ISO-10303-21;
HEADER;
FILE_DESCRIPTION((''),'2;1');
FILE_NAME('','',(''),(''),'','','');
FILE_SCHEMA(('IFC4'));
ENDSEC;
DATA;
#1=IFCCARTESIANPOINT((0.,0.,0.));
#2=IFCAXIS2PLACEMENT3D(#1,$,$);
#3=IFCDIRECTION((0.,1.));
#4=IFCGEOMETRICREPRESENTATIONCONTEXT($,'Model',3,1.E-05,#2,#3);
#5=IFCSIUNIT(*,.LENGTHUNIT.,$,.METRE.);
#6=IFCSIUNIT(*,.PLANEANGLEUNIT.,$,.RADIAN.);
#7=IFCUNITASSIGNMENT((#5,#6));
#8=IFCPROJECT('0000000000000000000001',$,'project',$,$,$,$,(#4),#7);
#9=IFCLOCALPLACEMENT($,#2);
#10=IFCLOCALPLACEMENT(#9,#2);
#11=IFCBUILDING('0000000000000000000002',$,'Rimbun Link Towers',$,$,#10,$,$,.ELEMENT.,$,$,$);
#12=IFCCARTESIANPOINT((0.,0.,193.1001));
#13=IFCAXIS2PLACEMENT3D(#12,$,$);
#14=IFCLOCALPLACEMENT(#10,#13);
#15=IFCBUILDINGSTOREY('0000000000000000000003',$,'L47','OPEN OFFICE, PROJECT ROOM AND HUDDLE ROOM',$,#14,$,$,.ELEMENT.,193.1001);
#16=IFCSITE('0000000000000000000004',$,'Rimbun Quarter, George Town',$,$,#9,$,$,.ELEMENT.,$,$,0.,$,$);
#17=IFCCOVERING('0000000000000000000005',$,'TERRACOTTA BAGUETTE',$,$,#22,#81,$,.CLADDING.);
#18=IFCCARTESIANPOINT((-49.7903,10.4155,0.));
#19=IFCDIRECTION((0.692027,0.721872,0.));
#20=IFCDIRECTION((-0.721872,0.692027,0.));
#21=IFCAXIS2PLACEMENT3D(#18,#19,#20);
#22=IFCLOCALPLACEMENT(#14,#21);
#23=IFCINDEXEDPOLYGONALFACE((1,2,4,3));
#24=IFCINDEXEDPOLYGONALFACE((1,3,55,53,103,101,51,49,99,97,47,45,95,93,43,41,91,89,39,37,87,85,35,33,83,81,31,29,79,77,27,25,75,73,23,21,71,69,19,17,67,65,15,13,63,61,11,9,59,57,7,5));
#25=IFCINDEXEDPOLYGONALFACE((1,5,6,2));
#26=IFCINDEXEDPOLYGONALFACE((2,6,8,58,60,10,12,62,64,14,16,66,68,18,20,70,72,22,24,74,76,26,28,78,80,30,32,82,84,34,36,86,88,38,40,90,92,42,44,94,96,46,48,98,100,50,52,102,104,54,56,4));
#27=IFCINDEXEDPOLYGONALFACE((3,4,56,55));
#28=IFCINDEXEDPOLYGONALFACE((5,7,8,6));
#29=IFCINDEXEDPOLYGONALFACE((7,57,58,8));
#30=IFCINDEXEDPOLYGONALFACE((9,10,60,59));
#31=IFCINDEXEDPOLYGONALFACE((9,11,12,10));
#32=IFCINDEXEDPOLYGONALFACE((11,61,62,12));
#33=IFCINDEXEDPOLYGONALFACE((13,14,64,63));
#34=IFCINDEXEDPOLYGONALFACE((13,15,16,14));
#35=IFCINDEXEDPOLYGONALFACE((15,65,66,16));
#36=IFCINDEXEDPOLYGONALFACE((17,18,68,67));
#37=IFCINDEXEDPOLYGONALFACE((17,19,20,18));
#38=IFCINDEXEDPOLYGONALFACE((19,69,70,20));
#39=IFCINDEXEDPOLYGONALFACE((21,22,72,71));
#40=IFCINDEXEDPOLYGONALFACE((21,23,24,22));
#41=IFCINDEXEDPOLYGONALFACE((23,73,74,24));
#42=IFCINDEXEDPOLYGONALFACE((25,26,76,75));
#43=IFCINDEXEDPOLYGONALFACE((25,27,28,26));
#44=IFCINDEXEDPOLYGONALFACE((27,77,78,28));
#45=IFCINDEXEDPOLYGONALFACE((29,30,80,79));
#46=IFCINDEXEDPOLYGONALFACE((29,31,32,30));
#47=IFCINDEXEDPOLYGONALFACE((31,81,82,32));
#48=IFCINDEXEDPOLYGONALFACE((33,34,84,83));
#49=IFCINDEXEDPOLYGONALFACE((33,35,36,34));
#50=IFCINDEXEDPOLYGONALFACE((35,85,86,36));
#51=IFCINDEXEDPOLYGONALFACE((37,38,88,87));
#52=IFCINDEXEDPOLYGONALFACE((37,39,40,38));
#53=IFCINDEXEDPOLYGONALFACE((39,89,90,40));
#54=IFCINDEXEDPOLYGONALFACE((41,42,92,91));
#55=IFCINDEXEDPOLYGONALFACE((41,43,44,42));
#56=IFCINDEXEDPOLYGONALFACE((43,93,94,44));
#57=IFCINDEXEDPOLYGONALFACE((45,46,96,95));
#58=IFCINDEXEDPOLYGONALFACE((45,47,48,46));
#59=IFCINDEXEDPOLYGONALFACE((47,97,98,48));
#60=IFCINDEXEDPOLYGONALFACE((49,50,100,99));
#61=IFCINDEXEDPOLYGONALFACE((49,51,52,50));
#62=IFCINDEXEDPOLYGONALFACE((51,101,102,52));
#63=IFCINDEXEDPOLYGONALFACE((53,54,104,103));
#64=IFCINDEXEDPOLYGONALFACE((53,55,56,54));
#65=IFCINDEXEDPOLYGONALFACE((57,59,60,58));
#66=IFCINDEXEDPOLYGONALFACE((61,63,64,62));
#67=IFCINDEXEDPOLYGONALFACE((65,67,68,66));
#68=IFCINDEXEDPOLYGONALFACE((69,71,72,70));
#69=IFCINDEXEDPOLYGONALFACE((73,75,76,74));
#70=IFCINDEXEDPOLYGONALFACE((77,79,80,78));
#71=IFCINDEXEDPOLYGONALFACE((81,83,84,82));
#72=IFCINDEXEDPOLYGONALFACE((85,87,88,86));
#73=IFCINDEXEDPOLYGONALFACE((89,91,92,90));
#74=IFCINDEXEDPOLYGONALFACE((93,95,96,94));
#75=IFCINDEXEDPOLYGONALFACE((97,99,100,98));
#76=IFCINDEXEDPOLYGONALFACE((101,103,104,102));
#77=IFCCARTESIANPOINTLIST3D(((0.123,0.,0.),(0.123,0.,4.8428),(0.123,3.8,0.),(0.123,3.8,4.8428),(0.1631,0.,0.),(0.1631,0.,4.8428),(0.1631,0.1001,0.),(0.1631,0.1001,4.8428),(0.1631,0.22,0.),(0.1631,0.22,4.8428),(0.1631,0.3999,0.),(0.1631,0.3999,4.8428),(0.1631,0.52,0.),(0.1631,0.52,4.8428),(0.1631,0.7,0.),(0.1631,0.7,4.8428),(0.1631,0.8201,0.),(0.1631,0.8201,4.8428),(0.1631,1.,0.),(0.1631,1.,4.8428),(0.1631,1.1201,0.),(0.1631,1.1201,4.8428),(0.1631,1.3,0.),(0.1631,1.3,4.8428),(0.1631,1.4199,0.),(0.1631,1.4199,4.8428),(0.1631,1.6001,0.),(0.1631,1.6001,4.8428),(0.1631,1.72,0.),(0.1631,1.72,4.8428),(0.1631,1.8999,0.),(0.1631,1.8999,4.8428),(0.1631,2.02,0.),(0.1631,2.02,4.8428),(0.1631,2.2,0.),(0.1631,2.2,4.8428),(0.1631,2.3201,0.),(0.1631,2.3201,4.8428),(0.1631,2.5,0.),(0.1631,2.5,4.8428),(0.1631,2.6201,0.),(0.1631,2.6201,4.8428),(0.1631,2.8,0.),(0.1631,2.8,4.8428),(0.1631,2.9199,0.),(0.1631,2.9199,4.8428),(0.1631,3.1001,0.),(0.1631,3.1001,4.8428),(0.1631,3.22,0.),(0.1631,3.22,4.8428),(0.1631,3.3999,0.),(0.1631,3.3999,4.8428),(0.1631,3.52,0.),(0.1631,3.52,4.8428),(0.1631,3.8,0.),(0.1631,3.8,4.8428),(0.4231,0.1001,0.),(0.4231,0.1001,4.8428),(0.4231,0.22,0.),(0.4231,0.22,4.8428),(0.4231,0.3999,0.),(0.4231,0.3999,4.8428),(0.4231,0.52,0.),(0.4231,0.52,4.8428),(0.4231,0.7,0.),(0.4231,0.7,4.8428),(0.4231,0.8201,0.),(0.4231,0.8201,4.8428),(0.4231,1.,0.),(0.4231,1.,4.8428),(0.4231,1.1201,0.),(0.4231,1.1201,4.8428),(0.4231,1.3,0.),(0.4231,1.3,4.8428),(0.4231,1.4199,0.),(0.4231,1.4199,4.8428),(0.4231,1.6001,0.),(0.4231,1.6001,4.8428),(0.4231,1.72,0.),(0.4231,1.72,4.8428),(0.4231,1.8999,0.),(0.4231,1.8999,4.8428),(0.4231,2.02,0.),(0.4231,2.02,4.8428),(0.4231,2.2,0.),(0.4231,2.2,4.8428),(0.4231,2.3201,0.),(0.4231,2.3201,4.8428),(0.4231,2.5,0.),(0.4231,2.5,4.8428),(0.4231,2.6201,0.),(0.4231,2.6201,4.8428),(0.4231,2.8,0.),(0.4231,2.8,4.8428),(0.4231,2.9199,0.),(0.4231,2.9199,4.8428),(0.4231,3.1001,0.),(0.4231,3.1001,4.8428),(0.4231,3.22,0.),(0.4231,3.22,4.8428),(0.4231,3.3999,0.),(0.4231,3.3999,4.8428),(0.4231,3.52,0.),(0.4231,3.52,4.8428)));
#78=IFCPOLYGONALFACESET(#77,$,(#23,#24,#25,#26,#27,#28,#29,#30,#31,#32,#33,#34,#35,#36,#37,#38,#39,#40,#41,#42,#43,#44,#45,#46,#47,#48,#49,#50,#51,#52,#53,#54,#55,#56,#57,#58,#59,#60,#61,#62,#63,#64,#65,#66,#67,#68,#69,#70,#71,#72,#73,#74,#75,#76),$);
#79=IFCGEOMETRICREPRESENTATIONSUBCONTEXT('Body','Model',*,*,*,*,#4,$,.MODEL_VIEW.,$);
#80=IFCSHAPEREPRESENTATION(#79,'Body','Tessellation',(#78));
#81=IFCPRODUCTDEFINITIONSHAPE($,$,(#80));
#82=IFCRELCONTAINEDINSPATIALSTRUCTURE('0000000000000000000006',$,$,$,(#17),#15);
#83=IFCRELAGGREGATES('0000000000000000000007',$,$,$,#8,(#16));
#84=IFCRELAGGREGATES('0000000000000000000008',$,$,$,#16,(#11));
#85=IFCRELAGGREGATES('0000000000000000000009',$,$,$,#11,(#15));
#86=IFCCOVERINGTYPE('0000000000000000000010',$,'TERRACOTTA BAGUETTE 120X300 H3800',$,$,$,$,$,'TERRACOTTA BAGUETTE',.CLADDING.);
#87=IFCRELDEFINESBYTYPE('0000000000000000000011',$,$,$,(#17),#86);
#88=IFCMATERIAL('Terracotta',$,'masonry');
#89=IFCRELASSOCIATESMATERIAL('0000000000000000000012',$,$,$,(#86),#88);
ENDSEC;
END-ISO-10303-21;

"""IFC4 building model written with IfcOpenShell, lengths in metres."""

from ifc_helpers import new_model, si_unit, direction, frame, origin, place, context, subcontext, project, spatial, polyline, outline, extrude, material, material_profile, profile_set, type_object, element, save


model = new_model("IFC4")

# Units and contexts
model_context = context("Model", 3, precision=1e-05, world=origin(), true_north=direction((0.0, 1.0)))
body_context = subcontext(model_context, "Body", "Model", "MODEL_VIEW")
ifc_project = project(units=[si_unit("LENGTHUNIT", "METRE"), si_unit("PLANEANGLEUNIT", "RADIAN")], contexts=[model_context])

# Site, building, storey
site_placement = place(None, origin())
site = spatial("IfcSite", under=ifc_project, at=site_placement, Name="Rimbun Quarter, George Town", CompositionType="ELEMENT", RefElevation=0.0)
building_placement = place(site_placement, origin())
building = spatial("IfcBuilding", under=site, at=building_placement, Name="Rimbun Link Towers", CompositionType="ELEMENT")
storey_placement = place(building_placement, frame((0.0, 0.0, 193.1001)))
storey = spatial("IfcBuildingStorey", under=building, at=storey_placement, Name="L47", Description="OPEN OFFICE, PROJECT ROOM AND HUDDLE ROOM", CompositionType="ELEMENT", Elevation=193.1001)

# Covering
ifc_material_1 = material(Name="Terracotta", Category="masonry")
ifc_material_profile_1 = material_profile(ifc_material_1, outline(polyline([(0.123, 0.0), (0.1631, 0.0), (0.1631, 0.1001), (0.4231, 0.1001), (0.4231, 0.22), (0.1631, 0.22), (0.1631, 0.3999), (0.4231, 0.3999), (0.4231, 0.52), (0.1631, 0.52), (0.1631, 0.7), (0.4231, 0.7), (0.4231, 0.8201), (0.1631, 0.8201), (0.1631, 1.0), (0.4231, 1.0), (0.4231, 1.1201), (0.1631, 1.1201), (0.1631, 1.3), (0.4231, 1.3), (0.4231, 1.4199), (0.1631, 1.4199), (0.1631, 1.6001), (0.4231, 1.6001), (0.4231, 1.72), (0.1631, 1.72), (0.1631, 1.8999), (0.4231, 1.8999), (0.4231, 2.02), (0.1631, 2.02), (0.1631, 2.2), (0.4231, 2.2), (0.4231, 2.3201), (0.1631, 2.3201), (0.1631, 2.5), (0.4231, 2.5), (0.4231, 2.6201), (0.1631, 2.6201), (0.1631, 2.8), (0.4231, 2.8), (0.4231, 2.9199), (0.1631, 2.9199), (0.1631, 3.1001), (0.4231, 3.1001), (0.4231, 3.22), (0.1631, 3.22), (0.1631, 3.3999), (0.4231, 3.3999), (0.4231, 3.52), (0.1631, 3.52), (0.1631, 3.8), (0.123, 3.8), (0.123, 0.0)])), Name="BAGUETTE 120X300")
ifc_profile_set_1 = profile_set([ifc_material_profile_1], Name="Terracotta")
covering_type = type_object("IfcCoveringType", Name="TERRACOTTA BAGUETTE 120X300 H3800", ElementType="TERRACOTTA BAGUETTE", PredefinedType="CLADDING", material=ifc_profile_set_1)
covering_1_placement = place(storey_placement, frame((-49.7903, 10.4155, 0.0), z_axis=(0.692027, 0.721872, 0.0), x_axis=(-0.721872, 0.692027, 0.0)))
element("IfcCovering", 1, at=covering_1_placement, inside=storey, type_object=covering_type, Name="TERRACOTTA BAGUETTE", PredefinedType="CLADDING", context=body_context, shape_type="SweptSolid", body=[
    extrude(outline(polyline([(0.123, 0.0), (0.1631, 0.0), (0.1631, 0.1001), (0.4231, 0.1001), (0.4231, 0.22), (0.1631, 0.22), (0.1631, 0.3999), (0.4231, 0.3999), (0.4231, 0.52), (0.1631, 0.52), (0.1631, 0.7), (0.4231, 0.7), (0.4231, 0.8201), (0.1631, 0.8201), (0.1631, 1.0), (0.4231, 1.0), (0.4231, 1.1201), (0.1631, 1.1201), (0.1631, 1.3), (0.4231, 1.3), (0.4231, 1.4199), (0.1631, 1.4199), (0.1631, 1.6001), (0.4231, 1.6001), (0.4231, 1.72), (0.1631, 1.72), (0.1631, 1.8999), (0.4231, 1.8999), (0.4231, 2.02), (0.1631, 2.02), (0.1631, 2.2), (0.4231, 2.2), (0.4231, 2.3201), (0.1631, 2.3201), (0.1631, 2.5), (0.4231, 2.5), (0.4231, 2.6201), (0.1631, 2.6201), (0.1631, 2.8), (0.4231, 2.8), (0.4231, 2.9199), (0.1631, 2.9199), (0.1631, 3.1001), (0.4231, 3.1001), (0.4231, 3.22), (0.1631, 3.22), (0.1631, 3.3999), (0.4231, 3.3999), (0.4231, 3.52), (0.1631, 3.52), (0.1631, 3.8), (0.123, 3.8), (0.123, 0.0)])), origin(), (0.0, 0.0, 1.0), 4.8428),
])

save(model, "model.ifc")
